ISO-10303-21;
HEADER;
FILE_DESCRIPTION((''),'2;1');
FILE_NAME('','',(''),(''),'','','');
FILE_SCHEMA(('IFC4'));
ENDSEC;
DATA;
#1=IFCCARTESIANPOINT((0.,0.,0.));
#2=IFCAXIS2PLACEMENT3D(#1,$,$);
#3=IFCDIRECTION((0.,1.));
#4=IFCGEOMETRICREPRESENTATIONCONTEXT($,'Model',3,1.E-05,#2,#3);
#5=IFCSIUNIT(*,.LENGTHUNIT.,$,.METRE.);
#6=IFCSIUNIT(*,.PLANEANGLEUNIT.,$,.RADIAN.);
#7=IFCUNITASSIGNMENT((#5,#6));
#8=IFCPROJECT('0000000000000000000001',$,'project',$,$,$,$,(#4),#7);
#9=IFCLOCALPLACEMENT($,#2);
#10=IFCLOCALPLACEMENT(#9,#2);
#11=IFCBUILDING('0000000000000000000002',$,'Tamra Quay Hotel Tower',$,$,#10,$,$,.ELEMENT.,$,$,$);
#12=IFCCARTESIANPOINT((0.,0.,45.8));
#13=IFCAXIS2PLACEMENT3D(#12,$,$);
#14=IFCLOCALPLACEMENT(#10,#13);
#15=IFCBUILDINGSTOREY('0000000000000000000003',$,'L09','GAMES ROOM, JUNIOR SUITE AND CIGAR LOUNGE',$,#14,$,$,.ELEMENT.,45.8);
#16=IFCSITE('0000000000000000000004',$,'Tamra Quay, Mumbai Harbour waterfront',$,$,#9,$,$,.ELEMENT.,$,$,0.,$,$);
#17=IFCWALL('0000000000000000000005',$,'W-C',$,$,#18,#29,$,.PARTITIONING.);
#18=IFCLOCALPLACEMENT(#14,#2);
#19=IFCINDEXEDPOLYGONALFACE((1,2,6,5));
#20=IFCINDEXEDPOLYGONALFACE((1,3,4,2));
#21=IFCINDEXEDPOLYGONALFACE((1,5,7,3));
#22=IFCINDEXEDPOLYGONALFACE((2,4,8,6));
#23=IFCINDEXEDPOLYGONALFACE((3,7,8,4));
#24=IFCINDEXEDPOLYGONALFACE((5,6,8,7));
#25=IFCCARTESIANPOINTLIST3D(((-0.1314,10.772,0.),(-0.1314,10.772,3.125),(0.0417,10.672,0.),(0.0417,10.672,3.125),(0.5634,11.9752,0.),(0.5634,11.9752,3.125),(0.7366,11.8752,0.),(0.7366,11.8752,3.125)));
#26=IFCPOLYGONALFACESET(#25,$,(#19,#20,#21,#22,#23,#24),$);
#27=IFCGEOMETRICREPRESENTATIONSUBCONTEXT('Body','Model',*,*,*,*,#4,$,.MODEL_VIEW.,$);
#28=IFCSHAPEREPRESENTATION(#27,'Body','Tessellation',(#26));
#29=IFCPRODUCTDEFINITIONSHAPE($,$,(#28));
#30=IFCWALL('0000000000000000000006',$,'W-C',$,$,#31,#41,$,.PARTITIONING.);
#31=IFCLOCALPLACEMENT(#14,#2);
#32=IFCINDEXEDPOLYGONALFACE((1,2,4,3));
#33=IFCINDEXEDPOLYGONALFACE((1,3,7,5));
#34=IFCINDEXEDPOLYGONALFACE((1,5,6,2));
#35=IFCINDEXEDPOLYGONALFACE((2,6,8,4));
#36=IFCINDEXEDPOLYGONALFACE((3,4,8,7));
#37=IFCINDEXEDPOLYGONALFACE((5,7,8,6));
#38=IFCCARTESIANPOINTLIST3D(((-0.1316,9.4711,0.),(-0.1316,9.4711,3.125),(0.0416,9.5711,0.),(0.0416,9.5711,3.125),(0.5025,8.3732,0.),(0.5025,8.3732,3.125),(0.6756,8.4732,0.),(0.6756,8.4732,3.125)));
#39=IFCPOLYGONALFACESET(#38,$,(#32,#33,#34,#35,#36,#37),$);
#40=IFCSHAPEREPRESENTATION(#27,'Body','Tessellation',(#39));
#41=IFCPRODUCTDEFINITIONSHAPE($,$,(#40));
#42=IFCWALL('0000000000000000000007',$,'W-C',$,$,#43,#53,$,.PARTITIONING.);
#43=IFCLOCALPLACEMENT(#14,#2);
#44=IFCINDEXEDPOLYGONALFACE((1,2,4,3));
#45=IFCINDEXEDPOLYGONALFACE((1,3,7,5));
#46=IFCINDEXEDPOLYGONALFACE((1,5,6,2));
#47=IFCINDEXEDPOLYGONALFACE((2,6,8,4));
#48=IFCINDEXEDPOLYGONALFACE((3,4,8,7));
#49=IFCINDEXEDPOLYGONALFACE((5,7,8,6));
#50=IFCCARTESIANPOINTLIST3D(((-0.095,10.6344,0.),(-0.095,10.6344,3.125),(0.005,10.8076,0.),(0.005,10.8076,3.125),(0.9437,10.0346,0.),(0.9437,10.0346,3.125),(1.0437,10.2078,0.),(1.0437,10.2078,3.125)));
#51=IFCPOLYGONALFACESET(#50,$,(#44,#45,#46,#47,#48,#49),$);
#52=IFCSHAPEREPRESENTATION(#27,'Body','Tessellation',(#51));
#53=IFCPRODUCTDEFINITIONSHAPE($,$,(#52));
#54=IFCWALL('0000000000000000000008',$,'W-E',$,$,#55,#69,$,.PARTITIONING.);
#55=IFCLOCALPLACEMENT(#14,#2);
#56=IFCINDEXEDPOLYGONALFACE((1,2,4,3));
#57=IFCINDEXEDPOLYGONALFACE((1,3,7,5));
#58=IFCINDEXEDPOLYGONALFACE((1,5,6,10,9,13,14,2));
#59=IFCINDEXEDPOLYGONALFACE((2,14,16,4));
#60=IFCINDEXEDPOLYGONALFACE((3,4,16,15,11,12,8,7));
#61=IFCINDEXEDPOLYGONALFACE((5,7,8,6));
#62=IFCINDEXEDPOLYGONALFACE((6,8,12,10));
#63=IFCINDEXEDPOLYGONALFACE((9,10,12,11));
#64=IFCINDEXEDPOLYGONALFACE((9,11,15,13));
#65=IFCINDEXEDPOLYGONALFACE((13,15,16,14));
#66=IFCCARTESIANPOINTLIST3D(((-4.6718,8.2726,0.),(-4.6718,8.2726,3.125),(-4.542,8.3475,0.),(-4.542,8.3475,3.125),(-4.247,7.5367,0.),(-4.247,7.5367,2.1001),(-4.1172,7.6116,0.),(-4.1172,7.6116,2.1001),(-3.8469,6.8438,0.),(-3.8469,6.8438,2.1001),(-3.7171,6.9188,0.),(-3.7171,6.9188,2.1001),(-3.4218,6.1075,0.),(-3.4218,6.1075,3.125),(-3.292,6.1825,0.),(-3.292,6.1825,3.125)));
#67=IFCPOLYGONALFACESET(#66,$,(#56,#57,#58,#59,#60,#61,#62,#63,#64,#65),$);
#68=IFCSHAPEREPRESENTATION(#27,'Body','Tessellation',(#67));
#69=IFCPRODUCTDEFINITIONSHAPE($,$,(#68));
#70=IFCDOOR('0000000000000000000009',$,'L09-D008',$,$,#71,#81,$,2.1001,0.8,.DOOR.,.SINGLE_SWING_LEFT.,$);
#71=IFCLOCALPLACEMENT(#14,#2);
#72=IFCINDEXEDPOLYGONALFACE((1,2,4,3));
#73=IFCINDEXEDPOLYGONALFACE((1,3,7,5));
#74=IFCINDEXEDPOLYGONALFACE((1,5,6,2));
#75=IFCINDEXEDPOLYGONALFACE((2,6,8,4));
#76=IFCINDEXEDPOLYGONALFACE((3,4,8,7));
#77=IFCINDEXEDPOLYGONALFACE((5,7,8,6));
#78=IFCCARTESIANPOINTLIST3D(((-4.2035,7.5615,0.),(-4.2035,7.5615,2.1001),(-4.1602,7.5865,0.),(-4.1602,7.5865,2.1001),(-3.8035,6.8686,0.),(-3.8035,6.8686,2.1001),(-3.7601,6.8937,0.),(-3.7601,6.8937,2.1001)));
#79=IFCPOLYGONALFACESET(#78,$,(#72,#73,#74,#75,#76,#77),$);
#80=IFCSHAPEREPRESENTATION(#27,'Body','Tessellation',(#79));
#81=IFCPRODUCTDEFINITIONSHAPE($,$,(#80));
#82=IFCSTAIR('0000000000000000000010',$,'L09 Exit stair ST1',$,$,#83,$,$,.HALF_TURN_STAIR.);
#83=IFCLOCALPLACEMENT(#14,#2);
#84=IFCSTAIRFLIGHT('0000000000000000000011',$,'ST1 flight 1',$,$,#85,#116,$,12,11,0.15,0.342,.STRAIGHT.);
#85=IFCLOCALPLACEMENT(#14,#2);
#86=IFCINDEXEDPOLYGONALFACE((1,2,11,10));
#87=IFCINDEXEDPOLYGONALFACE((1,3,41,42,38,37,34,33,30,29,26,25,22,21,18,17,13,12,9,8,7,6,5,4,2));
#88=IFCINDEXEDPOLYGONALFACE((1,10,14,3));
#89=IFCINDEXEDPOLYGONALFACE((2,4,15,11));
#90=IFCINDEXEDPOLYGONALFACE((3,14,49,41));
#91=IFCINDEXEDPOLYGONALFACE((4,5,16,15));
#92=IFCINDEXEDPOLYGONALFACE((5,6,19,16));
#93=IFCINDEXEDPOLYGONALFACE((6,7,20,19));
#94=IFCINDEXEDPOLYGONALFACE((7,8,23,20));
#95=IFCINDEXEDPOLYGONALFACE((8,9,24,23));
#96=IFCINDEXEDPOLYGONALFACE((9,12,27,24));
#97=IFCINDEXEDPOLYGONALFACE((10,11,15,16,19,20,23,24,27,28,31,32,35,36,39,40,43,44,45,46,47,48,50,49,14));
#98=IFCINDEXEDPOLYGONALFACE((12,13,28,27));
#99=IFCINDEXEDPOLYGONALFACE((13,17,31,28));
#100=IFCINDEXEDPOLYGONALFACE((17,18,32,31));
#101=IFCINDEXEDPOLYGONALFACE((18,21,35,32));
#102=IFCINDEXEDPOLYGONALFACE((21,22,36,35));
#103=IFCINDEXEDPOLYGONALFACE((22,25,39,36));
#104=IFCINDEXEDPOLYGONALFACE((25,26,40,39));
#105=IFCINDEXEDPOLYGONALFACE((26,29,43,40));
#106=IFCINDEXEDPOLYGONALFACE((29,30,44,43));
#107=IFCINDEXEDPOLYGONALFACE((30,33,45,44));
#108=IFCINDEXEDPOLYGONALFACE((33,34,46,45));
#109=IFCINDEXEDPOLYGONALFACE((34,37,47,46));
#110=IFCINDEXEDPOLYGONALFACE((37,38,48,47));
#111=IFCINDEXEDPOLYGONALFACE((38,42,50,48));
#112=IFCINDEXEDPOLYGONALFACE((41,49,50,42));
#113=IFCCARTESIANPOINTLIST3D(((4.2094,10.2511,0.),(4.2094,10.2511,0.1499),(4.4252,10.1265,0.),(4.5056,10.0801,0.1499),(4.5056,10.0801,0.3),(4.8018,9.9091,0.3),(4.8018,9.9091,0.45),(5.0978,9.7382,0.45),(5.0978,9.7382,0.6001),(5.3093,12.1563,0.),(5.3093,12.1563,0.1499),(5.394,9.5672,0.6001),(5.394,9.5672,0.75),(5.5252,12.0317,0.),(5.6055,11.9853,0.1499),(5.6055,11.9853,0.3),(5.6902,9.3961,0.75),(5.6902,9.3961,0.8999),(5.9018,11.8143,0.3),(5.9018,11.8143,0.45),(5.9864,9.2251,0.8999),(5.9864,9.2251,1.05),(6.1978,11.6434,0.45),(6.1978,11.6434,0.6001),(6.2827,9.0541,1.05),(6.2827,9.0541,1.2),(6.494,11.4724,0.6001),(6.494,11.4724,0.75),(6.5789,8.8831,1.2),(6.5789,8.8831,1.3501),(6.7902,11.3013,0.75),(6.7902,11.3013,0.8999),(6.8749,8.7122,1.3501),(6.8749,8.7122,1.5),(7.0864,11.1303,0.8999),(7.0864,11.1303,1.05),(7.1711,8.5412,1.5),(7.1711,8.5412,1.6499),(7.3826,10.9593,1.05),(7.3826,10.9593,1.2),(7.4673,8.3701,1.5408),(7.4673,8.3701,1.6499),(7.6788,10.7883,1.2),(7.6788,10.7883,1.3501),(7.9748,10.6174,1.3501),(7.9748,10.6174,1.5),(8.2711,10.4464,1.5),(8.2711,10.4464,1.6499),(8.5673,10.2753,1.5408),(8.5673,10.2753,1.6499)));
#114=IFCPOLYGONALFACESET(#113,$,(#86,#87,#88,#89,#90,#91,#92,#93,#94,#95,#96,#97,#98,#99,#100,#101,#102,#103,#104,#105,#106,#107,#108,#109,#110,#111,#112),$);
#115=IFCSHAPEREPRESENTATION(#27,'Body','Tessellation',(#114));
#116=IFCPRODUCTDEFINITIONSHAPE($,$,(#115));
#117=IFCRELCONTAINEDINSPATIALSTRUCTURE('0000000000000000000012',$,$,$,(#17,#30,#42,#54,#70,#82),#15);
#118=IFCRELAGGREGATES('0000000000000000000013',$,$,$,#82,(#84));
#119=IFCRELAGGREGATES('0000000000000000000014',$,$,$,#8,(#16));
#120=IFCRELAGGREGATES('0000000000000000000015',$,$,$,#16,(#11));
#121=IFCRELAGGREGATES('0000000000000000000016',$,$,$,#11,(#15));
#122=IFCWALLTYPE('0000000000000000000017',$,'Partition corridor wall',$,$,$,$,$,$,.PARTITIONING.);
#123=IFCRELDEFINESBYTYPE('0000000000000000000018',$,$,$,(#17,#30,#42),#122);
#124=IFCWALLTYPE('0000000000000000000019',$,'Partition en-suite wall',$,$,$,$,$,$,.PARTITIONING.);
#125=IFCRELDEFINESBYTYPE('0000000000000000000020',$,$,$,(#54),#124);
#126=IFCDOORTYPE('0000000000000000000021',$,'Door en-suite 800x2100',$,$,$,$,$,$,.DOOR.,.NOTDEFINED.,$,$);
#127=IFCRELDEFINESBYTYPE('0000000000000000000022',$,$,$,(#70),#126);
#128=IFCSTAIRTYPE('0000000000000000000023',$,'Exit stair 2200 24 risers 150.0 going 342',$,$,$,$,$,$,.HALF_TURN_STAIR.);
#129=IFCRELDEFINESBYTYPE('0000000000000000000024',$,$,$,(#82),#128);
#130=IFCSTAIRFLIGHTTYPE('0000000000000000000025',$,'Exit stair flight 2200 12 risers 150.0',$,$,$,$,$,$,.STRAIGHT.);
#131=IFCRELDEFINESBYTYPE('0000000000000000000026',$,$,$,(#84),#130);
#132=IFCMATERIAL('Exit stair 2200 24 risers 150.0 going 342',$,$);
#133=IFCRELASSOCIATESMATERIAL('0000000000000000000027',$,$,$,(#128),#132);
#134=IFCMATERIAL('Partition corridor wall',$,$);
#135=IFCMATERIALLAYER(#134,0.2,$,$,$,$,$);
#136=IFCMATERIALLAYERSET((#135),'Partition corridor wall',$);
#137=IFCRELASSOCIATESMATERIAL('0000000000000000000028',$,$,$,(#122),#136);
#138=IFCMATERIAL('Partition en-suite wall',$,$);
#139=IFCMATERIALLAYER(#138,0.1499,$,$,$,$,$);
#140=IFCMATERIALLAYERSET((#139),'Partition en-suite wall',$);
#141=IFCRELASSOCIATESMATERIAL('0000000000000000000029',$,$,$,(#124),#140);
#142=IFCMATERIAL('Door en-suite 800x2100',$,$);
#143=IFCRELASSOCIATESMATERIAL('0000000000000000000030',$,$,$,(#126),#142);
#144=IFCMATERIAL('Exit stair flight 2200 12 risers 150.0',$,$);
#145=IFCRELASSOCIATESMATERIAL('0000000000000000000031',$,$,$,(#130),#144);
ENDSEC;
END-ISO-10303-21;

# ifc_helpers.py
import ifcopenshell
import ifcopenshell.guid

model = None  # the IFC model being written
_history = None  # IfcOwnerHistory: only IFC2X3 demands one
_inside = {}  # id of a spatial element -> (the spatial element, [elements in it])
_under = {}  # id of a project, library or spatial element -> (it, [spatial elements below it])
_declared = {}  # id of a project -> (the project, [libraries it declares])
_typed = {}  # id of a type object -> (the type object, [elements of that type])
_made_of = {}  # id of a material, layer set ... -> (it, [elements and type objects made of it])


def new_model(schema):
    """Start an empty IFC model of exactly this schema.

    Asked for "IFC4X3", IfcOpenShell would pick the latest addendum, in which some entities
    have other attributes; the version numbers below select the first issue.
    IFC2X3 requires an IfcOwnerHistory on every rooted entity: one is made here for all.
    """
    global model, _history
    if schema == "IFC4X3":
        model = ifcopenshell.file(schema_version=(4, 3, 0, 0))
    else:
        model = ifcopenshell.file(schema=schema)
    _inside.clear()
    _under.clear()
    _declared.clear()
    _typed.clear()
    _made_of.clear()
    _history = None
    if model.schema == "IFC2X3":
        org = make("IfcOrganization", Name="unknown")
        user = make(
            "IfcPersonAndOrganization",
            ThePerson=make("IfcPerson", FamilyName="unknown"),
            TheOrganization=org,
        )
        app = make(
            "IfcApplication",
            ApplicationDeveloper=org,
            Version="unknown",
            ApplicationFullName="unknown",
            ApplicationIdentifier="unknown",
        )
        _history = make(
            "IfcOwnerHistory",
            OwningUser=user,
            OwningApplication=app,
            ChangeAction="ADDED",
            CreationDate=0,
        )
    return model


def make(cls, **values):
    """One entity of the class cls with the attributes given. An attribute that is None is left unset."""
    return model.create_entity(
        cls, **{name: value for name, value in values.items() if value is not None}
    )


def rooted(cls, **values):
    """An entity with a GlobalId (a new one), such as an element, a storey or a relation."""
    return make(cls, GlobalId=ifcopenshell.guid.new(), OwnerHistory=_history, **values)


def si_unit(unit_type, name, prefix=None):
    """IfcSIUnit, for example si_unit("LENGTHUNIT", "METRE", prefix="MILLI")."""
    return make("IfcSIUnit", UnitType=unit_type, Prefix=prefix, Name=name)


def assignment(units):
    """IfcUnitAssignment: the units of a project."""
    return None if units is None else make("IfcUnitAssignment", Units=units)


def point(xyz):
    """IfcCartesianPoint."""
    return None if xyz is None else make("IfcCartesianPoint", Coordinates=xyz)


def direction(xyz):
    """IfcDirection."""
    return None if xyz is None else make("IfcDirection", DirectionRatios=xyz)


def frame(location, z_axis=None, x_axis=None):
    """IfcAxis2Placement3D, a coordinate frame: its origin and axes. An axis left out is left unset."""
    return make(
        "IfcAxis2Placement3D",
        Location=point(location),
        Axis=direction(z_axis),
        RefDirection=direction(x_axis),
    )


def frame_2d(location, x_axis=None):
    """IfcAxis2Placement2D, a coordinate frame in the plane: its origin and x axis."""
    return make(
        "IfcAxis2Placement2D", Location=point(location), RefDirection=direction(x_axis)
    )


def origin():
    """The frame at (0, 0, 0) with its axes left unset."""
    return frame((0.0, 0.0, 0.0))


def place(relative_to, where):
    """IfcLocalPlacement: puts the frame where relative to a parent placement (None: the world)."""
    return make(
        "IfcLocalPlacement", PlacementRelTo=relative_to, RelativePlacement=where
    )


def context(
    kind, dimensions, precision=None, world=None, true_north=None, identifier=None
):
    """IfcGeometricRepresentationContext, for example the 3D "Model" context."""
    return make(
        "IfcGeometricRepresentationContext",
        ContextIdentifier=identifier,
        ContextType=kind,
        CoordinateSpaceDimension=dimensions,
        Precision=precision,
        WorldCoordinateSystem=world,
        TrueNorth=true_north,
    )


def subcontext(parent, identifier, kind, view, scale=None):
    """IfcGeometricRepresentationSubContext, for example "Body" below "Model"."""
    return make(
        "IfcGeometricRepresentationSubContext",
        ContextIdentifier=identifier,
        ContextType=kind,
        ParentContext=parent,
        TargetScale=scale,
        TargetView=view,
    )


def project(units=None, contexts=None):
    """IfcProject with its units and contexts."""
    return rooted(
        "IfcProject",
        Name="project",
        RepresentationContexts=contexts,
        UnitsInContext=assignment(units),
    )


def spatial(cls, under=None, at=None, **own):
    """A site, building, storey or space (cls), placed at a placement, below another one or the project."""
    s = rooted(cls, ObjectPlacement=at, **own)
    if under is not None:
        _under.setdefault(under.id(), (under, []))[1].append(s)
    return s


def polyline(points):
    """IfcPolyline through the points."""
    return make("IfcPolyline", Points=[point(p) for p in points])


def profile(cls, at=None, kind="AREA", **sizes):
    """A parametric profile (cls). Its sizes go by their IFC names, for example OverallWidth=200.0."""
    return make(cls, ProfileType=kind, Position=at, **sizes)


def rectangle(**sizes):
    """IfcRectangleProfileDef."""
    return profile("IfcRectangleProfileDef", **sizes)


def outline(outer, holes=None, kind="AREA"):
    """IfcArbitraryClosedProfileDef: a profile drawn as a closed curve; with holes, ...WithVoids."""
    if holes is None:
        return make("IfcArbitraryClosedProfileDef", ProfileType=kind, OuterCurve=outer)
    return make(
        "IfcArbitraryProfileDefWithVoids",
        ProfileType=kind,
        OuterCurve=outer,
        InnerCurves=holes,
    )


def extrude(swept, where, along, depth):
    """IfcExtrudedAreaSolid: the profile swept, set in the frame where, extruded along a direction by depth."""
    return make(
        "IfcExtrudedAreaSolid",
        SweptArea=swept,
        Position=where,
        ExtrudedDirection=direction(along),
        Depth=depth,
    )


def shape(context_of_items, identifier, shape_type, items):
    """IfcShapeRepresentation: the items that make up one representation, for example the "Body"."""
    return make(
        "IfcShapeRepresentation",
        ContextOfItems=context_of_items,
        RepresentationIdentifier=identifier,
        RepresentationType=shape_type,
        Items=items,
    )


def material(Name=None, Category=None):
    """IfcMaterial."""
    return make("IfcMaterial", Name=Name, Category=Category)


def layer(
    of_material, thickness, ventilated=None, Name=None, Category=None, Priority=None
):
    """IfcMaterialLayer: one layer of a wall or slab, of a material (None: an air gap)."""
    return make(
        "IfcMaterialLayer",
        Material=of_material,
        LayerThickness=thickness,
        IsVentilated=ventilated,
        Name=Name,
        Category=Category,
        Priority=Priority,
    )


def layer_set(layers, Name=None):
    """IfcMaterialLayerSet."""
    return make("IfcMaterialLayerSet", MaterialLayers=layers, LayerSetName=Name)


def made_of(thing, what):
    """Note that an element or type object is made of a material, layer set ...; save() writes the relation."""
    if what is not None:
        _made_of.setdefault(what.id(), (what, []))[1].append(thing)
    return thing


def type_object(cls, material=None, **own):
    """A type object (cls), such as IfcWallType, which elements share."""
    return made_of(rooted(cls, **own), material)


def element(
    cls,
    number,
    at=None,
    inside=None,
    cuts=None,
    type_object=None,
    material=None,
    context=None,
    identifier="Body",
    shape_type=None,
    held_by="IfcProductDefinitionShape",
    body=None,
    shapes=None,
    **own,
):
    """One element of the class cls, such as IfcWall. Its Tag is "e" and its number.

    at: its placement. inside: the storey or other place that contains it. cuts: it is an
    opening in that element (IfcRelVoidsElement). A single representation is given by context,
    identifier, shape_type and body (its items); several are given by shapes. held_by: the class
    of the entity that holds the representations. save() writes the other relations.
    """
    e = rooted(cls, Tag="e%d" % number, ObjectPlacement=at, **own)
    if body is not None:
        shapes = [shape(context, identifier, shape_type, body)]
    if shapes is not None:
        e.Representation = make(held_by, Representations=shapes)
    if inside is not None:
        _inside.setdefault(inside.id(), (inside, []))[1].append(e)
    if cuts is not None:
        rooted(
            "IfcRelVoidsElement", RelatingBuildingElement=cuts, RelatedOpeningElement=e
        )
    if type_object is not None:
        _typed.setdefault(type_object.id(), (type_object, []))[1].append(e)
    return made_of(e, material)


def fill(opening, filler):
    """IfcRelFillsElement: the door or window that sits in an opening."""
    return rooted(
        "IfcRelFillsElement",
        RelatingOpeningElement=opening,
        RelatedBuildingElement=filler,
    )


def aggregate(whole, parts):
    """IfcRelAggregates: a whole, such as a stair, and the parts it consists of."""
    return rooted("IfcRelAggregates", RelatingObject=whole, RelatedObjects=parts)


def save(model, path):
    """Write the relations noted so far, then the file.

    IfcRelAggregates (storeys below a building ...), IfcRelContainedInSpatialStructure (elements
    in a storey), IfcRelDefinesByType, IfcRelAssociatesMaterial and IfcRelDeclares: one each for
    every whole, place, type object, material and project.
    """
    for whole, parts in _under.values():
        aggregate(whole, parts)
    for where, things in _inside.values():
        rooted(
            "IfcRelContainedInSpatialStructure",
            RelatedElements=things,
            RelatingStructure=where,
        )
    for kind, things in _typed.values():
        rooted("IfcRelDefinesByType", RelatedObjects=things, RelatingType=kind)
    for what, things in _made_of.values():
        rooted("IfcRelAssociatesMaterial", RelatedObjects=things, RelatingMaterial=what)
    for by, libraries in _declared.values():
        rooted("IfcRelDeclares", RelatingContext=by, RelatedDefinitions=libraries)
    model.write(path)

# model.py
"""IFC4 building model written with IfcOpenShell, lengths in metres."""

from ifc_helpers import new_model, si_unit, direction, frame, frame_2d, origin, place, context, subcontext, project, spatial, polyline, rectangle, outline, extrude, material, layer, layer_set, type_object, element, fill, aggregate, save


model = new_model("IFC4")

# Units and contexts
model_context = context("Model", 3, precision=1e-05, world=origin(), true_north=direction((0.0, 1.0)))
body_context = subcontext(model_context, "Body", "Model", "MODEL_VIEW")
ifc_project = project(units=[si_unit("LENGTHUNIT", "METRE"), si_unit("PLANEANGLEUNIT", "RADIAN")], contexts=[model_context])

# Site, building, storey
site_placement = place(None, origin())
site = spatial("IfcSite", under=ifc_project, at=site_placement, Name="Tamra Quay, Mumbai Harbour waterfront", CompositionType="ELEMENT", RefElevation=0.0)
building_placement = place(site_placement, origin())
building = spatial("IfcBuilding", under=site, at=building_placement, Name="Tamra Quay Hotel Tower", CompositionType="ELEMENT")
storey_placement = place(building_placement, frame((0.0, 0.0, 45.8)))
storey = spatial("IfcBuildingStorey", under=building, at=storey_placement, Name="L09", Description="GAMES ROOM, JUNIOR SUITE AND CIGAR LOUNGE", CompositionType="ELEMENT", Elevation=45.8)

# Shared definitions
ifc_material_1 = material(Name="Exit stair 2200 24 risers 150.0 going 342")
stair_type = type_object("IfcStairType", Name="Exit stair 2200 24 risers 150.0 going 342", PredefinedType="HALF_TURN_STAIR", material=ifc_material_1)

# Shared definitions
ifc_material_2 = material(Name="Partition corridor wall")
ifc_layer_1 = layer(ifc_material_2, 0.2)
ifc_layer_set_1 = layer_set([ifc_layer_1], Name="Partition corridor wall")
wall_type_1 = type_object("IfcWallType", Name="Partition corridor wall", PredefinedType="PARTITIONING", material=ifc_layer_set_1)

# Walls
wall_1_placement = place(storey_placement, frame((-0.0449, 10.7219, 0.0), z_axis=(0.0, 0.0, 1.0), x_axis=(0.500108, 0.865963, 0.0)))
element("IfcWall", 1, at=wall_1_placement, inside=storey, type_object=wall_type_1, Name="W-C", PredefinedType="PARTITIONING", context=body_context, shape_type="SweptSolid", body=[
    extrude(rectangle(XDim=1.3894, YDim=0.2, at=frame_2d((0.6948, 0.0))), origin(), (0.0, 0.0, 1.0), 3.125),
])
wall_2_placement = place(storey_placement, frame((-0.0449, 9.521, 0.0), z_axis=(0.0, 0.0, 1.0), x_axis=(0.500095, -0.865971, 0.0)))
element("IfcWall", 2, at=wall_2_placement, inside=storey, type_object=wall_type_1, Name="W-C", PredefinedType="PARTITIONING", context=body_context, shape_type="SweptSolid", body=[
    extrude(rectangle(XDim=1.2678, YDim=0.2, at=frame_2d((0.6338, 0.0))), origin(), (0.0, 0.0, 1.0), 3.125),
])
wall_3_placement = place(storey_placement, frame((-0.0449, 10.7209, 0.0), z_axis=(0.0, 0.0, 1.0), x_axis=(0.865992, -0.500057, 0.0)))
element("IfcWall", 3, at=wall_3_placement, inside=storey, type_object=wall_type_1, Name="W-C", PredefinedType="PARTITIONING", context=body_context, shape_type="SweptSolid", body=[
    extrude(rectangle(XDim=1.1995, YDim=0.2, at=frame_2d((0.5996, 0.0))), origin(), (0.0, 0.0, 1.0), 3.125),
])

# Wall, opening, door
ifc_material_3 = material(Name="Partition en-suite wall")
ifc_layer_2 = layer(ifc_material_3, 0.1499)
ifc_layer_set_2 = layer_set([ifc_layer_2], Name="Partition en-suite wall")
wall_type_2 = type_object("IfcWallType", Name="Partition en-suite wall", PredefinedType="PARTITIONING", material=ifc_layer_set_2)
wall_4_placement = place(storey_placement, frame((-4.6069, 8.3101, 0.0), z_axis=(0.0, 0.0, 1.0), x_axis=(0.500004, -0.866023, 0.0)))
wall_4 = element("IfcWall", 4, at=wall_4_placement, inside=storey, type_object=wall_type_2, Name="W-E", PredefinedType="PARTITIONING", context=body_context, shape_type="SweptSolid", body=[
    extrude(rectangle(XDim=2.5, YDim=0.1499, at=frame_2d((1.25, 0.0))), origin(), (0.0, 0.0, 1.0), 3.125),
])
opening_1_placement = place(wall_4_placement, frame((0.8499, 0.0, 0.0)))
opening_1 = element("IfcOpeningElement", 5, at=opening_1_placement, cuts=wall_4, PredefinedType="OPENING", context=body_context, shape_type="SweptSolid", body=[
    extrude(rectangle(XDim=0.8, YDim=2.1001, at=frame_2d((0.3999, 1.05))), frame((0.0, 0.085, 0.0), z_axis=(0.0, -1.0, 0.0), x_axis=(1.0, 0.0, 0.0)), (0.0, 0.0, 1.0), 0.1699),
])
ifc_material_4 = material(Name="Door en-suite 800x2100")
door_type_1 = type_object("IfcDoorType", Name="Door en-suite 800x2100", OperationType="NOTDEFINED", PredefinedType="DOOR", material=ifc_material_4)
door_1_placement = place(opening_1_placement, frame((0.8, 0.0, 0.0), z_axis=(0.0, 0.0, 1.0), x_axis=(-1.0, 0.0, 0.0)))
door_1 = element("IfcDoor", 6, at=door_1_placement, inside=storey, type_object=door_type_1, Name="L09-D008", OperationType="SINGLE_SWING_LEFT", OverallHeight=2.1001, OverallWidth=0.8, PredefinedType="DOOR", context=body_context, shape_type="SweptSolid", body=[
    extrude(rectangle(XDim=0.8, YDim=2.1001, at=frame_2d((0.3999, 1.05))), frame((0.0, 0.0249, 0.0), z_axis=(0.0, -1.0, 0.0), x_axis=(1.0, 0.0, 0.0)), (0.0, 0.0, 1.0), 0.05),
])
fill(opening_1, door_1)

# Stair, stair flight
stair_1_placement = place(storey_placement, origin())
stair_1 = element("IfcStair", 7, at=stair_1_placement, inside=storey, type_object=stair_type, Name="L09 Exit stair ST1", PredefinedType="HALF_TURN_STAIR")
ifc_material_5 = material(Name="Exit stair flight 2200 12 risers 150.0")
stair_flight_type = type_object("IfcStairFlightType", Name="Exit stair flight 2200 12 risers 150.0", PredefinedType="STRAIGHT", material=ifc_material_5)
stair_flight_placement = place(storey_placement, frame((4.7593, 11.2036, 0.0), z_axis=(0.0, 0.0, 1.0), x_axis=(0.866025, -0.5, 0.0)))
stair_flight = element("IfcStairFlight", 8, at=stair_flight_placement, type_object=stair_flight_type, Name="ST1 flight 1", NumberOfRisers=12, NumberOfTreads=11, PredefinedType="STRAIGHT", RiserHeight=0.15, TreadLength=0.342, context=body_context, shape_type="SweptSolid", body=[
    extrude(outline(polyline([(0.0, 0.0), (0.0, 0.1499), (0.342, 0.1499), (0.342, 0.3), (0.6841, 0.3), (0.6841, 0.45), (1.0259, 0.45), (1.0259, 0.6001), (1.3679, 0.6001), (1.3679, 0.75), (1.71, 0.75), (1.71, 0.8999), (2.052, 0.8999), (2.052, 1.05), (2.394, 1.05), (2.394, 1.2), (2.7361, 1.2), (2.7361, 1.3501), (3.0779, 1.3501), (3.0779, 1.5), (3.4199, 1.5), (3.4199, 1.6499), (3.762, 1.6499), (3.762, 1.8), (3.762, 1.5408), (0.2493, 0.0), (0.0, 0.0)])), frame((0.0, 1.1001, 0.0), z_axis=(0.0, -1.0, 0.0), x_axis=(1.0, 0.0, 0.0)), (0.0, 0.0, 1.0), 2.2),
])
aggregate(stair_1, [stair_flight])

save(model, "model.ifc")
